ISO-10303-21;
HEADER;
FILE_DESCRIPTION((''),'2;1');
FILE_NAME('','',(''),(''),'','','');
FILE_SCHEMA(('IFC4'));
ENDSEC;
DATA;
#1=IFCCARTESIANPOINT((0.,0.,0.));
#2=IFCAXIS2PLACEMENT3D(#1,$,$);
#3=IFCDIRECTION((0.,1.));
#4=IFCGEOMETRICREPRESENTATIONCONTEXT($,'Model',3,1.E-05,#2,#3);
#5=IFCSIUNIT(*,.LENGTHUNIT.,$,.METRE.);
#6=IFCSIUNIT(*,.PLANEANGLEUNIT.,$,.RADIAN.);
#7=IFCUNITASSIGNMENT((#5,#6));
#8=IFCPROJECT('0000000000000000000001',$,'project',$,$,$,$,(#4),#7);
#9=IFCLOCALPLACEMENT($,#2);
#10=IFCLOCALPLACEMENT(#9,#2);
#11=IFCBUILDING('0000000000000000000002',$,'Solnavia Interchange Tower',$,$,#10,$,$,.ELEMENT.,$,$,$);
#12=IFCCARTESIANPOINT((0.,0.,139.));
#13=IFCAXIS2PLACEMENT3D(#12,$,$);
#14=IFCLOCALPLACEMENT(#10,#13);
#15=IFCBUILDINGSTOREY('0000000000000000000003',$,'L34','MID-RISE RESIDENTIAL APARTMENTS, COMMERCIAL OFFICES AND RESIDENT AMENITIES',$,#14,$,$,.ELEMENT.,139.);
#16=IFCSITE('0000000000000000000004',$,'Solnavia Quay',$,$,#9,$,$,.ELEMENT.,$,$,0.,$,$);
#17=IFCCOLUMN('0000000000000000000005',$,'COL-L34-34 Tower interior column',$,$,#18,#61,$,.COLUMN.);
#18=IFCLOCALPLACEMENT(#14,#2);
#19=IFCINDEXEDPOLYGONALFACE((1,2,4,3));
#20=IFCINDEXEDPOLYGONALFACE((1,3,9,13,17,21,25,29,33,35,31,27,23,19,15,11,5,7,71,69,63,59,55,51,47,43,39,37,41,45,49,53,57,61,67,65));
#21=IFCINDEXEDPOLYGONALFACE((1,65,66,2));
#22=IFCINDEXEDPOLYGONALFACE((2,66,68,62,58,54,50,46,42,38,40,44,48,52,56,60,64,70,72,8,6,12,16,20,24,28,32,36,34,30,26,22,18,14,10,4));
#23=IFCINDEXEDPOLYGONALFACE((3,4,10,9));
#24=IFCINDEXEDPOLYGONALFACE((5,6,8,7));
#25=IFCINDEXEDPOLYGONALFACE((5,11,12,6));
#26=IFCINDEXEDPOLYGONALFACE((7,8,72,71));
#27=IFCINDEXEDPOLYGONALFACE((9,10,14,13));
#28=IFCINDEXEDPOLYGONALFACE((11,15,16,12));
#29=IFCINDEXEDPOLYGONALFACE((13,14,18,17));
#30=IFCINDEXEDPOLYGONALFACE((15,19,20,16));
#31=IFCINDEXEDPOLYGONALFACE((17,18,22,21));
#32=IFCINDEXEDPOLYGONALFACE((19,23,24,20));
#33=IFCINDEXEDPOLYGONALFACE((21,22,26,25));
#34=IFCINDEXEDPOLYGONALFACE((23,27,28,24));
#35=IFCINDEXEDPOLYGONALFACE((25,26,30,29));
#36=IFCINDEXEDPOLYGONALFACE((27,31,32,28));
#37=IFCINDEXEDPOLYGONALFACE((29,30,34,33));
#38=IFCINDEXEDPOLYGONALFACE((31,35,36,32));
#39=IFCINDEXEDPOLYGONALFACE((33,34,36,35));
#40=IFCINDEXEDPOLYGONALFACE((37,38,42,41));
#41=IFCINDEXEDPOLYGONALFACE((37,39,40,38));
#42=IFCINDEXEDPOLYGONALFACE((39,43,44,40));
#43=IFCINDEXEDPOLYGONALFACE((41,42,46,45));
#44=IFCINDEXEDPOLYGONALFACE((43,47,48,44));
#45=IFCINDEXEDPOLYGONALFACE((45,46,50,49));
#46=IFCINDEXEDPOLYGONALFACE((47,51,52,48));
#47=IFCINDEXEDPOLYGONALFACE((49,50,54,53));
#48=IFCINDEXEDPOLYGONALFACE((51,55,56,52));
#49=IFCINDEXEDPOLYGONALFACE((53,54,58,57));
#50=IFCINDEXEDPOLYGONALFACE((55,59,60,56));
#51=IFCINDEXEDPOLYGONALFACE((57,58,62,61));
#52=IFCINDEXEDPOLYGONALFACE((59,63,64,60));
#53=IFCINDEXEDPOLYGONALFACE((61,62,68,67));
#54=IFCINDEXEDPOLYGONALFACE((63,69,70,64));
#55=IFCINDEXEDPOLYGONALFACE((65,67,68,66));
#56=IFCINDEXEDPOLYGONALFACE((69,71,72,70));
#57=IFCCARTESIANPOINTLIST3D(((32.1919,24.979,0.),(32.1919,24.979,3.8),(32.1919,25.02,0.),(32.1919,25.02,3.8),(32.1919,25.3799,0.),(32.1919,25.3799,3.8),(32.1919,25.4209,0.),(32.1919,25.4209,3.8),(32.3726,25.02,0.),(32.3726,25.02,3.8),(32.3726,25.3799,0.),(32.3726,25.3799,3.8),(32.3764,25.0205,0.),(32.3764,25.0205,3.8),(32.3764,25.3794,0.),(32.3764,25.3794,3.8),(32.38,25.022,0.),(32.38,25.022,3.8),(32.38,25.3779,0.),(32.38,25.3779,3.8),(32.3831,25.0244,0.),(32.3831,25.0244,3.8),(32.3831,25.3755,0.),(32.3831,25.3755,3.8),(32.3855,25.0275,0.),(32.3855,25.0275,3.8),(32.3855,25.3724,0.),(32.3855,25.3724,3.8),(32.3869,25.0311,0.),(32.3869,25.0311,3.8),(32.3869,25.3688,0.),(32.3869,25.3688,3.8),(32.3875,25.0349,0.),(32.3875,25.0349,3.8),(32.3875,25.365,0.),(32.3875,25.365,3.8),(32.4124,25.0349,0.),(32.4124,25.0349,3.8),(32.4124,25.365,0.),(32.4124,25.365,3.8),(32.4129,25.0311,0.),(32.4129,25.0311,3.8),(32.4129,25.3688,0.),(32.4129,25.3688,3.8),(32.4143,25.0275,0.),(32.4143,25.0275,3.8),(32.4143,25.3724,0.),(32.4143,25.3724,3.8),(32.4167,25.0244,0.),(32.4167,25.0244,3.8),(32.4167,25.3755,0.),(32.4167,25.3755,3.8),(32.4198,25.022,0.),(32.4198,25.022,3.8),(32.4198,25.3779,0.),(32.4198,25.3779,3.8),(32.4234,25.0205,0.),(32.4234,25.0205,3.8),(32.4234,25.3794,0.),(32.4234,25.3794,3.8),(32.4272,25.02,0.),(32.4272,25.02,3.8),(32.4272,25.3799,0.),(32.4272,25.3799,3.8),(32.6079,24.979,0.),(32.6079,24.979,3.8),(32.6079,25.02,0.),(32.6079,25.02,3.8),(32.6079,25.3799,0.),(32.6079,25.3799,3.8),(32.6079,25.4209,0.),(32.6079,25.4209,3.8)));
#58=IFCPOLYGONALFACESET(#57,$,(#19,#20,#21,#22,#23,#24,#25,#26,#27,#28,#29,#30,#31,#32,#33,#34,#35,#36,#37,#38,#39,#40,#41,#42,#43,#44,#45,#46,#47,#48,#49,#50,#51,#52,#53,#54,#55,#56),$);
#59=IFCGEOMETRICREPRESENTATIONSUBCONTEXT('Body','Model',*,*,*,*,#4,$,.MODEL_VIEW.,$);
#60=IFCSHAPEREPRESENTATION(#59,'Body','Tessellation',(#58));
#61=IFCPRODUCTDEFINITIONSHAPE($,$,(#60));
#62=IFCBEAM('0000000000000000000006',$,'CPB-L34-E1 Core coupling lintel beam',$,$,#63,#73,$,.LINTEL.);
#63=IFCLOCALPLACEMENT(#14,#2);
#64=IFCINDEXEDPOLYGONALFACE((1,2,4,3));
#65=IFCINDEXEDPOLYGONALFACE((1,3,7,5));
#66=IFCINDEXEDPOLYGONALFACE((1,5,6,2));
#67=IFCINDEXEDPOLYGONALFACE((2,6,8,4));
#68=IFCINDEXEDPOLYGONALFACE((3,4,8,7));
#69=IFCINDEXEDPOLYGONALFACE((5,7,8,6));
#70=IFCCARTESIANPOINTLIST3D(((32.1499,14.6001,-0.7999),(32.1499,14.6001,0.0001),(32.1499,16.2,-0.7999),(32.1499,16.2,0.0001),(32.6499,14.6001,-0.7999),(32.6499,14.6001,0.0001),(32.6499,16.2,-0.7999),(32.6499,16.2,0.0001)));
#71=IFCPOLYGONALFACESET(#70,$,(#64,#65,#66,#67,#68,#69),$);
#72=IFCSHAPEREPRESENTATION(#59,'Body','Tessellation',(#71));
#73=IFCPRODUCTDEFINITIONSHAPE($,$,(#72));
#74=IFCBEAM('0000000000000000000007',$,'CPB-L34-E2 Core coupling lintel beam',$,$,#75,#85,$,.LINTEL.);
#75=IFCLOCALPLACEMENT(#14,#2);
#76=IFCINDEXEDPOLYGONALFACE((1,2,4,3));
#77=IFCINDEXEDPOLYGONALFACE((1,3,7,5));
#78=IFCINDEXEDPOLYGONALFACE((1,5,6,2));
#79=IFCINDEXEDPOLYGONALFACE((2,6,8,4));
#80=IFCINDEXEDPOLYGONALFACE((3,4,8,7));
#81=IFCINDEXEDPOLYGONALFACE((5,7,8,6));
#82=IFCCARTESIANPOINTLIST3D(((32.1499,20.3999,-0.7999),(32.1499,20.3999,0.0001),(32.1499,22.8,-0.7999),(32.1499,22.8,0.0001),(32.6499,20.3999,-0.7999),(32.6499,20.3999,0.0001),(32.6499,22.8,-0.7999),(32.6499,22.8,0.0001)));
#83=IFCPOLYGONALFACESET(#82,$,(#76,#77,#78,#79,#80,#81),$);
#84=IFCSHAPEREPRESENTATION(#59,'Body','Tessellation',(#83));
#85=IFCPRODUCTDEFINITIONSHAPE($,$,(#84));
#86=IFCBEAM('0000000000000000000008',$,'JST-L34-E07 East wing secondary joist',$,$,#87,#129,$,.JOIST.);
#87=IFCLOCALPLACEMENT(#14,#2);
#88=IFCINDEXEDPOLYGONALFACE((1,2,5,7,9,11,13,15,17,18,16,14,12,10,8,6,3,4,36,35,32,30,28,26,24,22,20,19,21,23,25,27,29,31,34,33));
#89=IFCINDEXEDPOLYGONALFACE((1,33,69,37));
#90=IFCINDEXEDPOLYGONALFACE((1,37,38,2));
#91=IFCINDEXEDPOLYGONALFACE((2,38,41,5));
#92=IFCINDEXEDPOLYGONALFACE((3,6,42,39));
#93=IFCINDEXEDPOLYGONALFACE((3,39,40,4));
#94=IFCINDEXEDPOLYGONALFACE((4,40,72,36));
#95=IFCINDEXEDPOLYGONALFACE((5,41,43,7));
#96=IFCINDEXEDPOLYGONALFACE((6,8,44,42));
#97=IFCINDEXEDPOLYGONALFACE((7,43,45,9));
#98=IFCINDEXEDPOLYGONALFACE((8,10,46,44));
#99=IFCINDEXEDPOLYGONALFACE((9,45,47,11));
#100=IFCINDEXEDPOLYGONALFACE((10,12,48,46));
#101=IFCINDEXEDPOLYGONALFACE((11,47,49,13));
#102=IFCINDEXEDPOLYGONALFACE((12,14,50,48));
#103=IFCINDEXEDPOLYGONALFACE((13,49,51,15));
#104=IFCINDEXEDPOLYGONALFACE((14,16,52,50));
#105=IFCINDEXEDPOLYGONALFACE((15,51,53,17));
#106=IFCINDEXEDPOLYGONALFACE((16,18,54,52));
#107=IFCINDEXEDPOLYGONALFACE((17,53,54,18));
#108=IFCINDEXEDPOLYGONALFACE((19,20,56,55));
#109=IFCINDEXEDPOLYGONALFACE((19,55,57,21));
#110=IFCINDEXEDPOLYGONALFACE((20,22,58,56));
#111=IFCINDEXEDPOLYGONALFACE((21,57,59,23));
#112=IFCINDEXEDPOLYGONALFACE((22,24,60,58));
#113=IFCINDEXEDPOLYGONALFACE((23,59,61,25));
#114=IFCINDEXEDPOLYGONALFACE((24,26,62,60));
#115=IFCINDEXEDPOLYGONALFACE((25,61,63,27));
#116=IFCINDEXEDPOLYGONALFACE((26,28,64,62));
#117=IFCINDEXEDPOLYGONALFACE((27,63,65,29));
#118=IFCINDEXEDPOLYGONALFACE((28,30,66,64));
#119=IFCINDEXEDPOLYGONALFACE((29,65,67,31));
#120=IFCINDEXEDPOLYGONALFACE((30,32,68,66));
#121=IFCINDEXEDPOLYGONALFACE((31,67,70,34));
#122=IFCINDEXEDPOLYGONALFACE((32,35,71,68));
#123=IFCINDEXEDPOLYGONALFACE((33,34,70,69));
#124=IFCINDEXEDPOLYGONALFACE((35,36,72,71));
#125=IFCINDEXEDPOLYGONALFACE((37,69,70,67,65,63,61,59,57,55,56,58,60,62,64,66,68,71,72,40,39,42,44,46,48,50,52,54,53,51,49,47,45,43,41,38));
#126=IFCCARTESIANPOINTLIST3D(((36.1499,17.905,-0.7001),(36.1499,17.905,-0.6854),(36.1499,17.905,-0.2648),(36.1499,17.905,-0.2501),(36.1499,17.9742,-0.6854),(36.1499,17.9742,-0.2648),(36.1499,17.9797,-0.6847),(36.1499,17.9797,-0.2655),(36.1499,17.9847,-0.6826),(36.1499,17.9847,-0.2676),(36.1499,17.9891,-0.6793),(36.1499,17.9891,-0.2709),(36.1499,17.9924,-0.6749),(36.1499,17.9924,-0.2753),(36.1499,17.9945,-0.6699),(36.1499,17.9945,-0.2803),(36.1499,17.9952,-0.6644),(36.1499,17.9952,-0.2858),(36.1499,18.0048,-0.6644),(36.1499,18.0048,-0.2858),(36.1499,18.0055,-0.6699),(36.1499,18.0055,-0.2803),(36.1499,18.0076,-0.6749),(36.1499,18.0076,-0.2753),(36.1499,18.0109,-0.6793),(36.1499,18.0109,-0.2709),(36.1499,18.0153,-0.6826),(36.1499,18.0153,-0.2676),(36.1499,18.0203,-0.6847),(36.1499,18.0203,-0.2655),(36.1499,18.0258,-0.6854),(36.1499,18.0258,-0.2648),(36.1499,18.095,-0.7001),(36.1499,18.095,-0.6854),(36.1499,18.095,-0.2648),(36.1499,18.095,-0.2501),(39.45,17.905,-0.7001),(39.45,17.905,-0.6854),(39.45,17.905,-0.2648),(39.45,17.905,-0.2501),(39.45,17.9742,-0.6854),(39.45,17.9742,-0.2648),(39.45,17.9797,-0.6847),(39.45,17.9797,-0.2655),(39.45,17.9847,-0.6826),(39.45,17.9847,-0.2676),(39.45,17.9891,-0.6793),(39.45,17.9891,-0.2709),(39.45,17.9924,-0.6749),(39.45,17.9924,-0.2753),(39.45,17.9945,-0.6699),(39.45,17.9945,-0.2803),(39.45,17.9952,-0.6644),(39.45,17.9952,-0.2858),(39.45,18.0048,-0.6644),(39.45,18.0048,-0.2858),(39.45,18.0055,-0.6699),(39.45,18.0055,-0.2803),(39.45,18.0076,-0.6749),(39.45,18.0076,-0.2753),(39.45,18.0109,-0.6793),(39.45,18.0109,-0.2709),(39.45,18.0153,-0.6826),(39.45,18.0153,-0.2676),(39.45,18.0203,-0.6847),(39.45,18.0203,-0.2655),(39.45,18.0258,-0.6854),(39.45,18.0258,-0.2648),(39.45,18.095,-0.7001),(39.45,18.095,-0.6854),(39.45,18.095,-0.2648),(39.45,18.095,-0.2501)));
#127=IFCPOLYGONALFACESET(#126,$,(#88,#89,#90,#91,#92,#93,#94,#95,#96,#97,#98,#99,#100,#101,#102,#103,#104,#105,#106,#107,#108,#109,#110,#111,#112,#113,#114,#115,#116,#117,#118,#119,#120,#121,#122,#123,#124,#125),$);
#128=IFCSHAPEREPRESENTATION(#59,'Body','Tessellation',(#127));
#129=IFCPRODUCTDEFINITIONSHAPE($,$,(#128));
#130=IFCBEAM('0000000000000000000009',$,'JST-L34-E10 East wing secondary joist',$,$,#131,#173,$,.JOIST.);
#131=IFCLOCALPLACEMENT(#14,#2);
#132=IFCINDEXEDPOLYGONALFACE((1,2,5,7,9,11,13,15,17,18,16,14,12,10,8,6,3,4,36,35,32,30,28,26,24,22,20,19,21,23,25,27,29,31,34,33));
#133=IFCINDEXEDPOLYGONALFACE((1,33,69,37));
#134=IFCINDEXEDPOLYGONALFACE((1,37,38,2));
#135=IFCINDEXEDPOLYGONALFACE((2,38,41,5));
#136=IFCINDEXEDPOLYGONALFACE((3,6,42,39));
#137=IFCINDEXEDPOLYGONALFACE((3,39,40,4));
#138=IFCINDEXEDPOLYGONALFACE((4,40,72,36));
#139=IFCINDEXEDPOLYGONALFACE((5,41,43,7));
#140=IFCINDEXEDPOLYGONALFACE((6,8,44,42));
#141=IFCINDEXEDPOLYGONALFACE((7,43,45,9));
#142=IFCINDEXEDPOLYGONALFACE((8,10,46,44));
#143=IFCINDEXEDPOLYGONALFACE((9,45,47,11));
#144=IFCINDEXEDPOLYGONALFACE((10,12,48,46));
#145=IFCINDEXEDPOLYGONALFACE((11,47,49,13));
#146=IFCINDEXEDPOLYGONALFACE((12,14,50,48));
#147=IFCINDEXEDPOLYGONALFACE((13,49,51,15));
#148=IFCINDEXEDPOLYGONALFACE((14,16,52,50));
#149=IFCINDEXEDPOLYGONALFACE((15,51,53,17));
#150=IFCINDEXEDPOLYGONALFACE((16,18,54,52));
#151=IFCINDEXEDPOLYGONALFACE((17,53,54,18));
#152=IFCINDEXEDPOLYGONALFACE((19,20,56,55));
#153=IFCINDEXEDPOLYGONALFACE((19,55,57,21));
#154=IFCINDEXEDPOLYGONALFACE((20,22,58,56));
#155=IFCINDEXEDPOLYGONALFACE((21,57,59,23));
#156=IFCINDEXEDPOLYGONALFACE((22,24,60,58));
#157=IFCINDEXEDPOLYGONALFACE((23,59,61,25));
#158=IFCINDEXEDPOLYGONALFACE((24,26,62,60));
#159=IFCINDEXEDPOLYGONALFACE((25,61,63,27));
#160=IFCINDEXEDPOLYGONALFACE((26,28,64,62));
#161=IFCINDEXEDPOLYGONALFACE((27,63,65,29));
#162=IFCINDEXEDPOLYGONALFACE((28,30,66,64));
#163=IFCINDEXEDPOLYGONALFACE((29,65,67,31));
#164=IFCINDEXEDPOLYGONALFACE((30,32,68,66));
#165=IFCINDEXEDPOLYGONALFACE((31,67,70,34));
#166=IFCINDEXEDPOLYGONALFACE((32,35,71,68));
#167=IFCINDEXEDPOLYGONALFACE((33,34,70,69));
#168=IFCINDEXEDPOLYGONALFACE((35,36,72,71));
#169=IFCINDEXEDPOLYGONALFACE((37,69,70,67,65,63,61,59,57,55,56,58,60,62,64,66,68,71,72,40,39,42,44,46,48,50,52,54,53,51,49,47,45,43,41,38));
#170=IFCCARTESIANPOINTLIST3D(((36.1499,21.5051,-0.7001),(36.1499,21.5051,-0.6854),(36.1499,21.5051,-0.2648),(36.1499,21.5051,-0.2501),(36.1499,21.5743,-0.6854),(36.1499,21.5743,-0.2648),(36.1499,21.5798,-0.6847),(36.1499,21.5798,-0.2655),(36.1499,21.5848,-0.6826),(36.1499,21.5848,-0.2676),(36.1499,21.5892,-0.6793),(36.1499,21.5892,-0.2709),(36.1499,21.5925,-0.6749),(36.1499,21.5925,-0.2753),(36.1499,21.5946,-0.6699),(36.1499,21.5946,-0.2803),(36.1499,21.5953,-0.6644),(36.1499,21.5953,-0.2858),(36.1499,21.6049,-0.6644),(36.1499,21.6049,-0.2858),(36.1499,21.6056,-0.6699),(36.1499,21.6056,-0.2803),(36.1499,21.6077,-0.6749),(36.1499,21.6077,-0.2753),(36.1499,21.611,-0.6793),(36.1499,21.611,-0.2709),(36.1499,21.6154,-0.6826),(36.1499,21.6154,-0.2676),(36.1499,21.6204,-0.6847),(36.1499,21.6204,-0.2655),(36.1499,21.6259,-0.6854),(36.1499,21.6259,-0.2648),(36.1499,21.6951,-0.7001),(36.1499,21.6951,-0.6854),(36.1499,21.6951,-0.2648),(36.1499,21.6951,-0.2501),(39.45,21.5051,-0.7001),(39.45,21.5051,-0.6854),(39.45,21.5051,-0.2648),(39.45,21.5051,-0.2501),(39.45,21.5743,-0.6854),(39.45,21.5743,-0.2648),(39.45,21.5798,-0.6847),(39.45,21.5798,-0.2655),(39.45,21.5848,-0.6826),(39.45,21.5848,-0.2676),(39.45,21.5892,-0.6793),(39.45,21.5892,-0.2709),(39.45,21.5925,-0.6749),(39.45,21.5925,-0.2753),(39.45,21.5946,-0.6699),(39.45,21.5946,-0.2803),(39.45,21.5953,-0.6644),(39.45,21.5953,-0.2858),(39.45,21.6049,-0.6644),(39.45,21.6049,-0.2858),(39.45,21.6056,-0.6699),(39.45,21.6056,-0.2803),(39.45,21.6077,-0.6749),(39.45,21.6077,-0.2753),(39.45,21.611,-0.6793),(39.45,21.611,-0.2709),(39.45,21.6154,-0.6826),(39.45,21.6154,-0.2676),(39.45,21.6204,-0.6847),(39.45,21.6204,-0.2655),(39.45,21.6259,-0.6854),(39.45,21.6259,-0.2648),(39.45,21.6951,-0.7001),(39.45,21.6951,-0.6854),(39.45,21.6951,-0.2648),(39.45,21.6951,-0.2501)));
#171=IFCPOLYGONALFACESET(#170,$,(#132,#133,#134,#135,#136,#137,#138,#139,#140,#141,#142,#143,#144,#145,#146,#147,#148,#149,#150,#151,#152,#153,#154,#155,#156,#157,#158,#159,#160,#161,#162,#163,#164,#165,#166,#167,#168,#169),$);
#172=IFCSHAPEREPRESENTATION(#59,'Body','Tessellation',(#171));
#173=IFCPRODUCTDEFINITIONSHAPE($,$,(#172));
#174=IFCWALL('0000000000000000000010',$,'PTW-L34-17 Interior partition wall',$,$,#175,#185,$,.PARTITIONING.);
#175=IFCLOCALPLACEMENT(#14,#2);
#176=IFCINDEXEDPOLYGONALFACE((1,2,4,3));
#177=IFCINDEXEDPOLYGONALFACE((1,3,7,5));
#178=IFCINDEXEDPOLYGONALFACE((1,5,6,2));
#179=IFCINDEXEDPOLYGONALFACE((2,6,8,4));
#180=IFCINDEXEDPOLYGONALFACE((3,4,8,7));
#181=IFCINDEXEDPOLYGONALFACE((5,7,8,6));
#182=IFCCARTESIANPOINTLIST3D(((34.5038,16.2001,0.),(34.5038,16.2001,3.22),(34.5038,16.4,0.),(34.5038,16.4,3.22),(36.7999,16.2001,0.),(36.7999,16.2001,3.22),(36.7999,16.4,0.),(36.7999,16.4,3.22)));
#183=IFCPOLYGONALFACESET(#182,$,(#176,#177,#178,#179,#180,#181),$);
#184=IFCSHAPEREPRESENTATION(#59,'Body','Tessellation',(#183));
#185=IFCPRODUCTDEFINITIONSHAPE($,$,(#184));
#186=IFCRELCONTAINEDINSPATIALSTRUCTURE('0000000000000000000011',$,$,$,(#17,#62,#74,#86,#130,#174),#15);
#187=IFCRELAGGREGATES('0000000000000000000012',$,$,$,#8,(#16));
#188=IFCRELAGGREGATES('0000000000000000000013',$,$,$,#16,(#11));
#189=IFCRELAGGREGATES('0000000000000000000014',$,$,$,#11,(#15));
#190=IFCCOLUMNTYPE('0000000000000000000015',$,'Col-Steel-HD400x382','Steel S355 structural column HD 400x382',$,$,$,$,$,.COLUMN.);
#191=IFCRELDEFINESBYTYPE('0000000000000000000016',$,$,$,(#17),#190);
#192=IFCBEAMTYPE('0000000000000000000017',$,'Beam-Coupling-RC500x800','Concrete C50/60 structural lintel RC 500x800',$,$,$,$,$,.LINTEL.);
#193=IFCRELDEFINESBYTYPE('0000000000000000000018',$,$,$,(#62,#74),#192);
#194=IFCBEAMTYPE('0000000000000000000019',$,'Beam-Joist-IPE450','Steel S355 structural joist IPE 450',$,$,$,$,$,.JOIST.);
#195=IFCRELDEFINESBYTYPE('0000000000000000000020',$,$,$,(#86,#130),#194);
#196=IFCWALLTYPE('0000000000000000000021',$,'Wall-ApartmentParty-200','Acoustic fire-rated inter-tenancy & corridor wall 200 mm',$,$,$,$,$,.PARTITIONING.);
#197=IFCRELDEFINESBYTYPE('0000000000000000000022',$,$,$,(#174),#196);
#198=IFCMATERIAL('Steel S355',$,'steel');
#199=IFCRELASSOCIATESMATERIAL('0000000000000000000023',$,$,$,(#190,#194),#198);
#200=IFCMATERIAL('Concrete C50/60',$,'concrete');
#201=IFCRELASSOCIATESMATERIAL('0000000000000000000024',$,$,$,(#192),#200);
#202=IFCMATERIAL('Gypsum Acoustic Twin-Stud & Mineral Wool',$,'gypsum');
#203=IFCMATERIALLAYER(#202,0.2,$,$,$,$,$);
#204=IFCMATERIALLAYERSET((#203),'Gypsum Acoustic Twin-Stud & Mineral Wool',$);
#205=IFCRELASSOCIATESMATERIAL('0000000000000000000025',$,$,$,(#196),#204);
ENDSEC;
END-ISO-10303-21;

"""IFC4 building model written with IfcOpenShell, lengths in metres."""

from ifc_helpers import new_model, si_unit, direction, frame, frame_2d, origin, origin_2d, place, context, subcontext, project, spatial, rectangle, i_section, extrude, material, layer, layer_set, material_profile, profile_set, type_object, element, save


model = new_model("IFC4")

# Units and contexts
model_context = context("Model", 3, precision=1e-05, world=origin(), true_north=direction((0.0, 1.0)))
body_context = subcontext(model_context, "Body", "Model", "MODEL_VIEW")
ifc_project = project(units=[si_unit("LENGTHUNIT", "METRE"), si_unit("PLANEANGLEUNIT", "RADIAN")], contexts=[model_context])

# Site, building, storey
site_placement = place(None, origin())
site = spatial("IfcSite", under=ifc_project, at=site_placement, Name="Solnavia Quay", CompositionType="ELEMENT", RefElevation=0.0)
building_placement = place(site_placement, origin())
building = spatial("IfcBuilding", under=site, at=building_placement, Name="Solnavia Interchange Tower", CompositionType="ELEMENT")
storey_placement = place(building_placement, frame((0.0, 0.0, 139.0)))
storey = spatial("IfcBuildingStorey", under=building, at=storey_placement, Name="L34", Description="MID-RISE RESIDENTIAL APARTMENTS, COMMERCIAL OFFICES AND RESIDENT AMENITIES", CompositionType="ELEMENT", Elevation=139.0)

# Column
ifc_material_1 = material(Name="Steel S355", Category="steel")
ifc_material_profile_1 = material_profile(ifc_material_1, i_section(OverallWidth=0.416, OverallDepth=0.4419, WebThickness=0.0249, FlangeThickness=0.041, FilletRadius=0.0149, at=origin_2d()), Name="HD 400x382")
ifc_profile_set_1 = profile_set([ifc_material_profile_1], Name="Steel S355")
column_type = type_object("IfcColumnType", Name="Col-Steel-HD400x382", Description="Steel S355 structural column HD 400x382", PredefinedType="COLUMN", material=ifc_profile_set_1)
column_placement = place(storey_placement, frame((32.3999, 25.2, 0.0), z_axis=(0.0, 0.0, 1.0), x_axis=(1.0, 0.0, 0.0)))
element("IfcColumn", 1, at=column_placement, inside=storey, type_object=column_type, Name="COL-L34-34 Tower interior column", PredefinedType="COLUMN", context=body_context, shape_type="SweptSolid", body=[
    extrude(i_section(OverallWidth=0.416, OverallDepth=0.4419, WebThickness=0.0249, FlangeThickness=0.041, FilletRadius=0.0149, at=origin_2d()), origin(), (0.0, 0.0, 1.0), 3.8),
])

# Beams
ifc_material_2 = material(Name="Concrete C50/60", Category="concrete")
ifc_material_profile_2 = material_profile(ifc_material_2, rectangle(XDim=0.5, YDim=0.8, at=origin_2d()), Name="RC 500x800")
ifc_profile_set_2 = profile_set([ifc_material_profile_2], Name="Concrete C50/60")
beam_type_1 = type_object("IfcBeamType", Name="Beam-Coupling-RC500x800", Description="Concrete C50/60 structural lintel RC 500x800", PredefinedType="LINTEL", material=ifc_profile_set_2)
beam_1_placement = place(storey_placement, frame((32.3999, 14.6001, -0.3999), z_axis=(0.0, 1.0, 0.0), x_axis=(-1.0, 0.0, 0.0)))
element("IfcBeam", 2, at=beam_1_placement, inside=storey, type_object=beam_type_1, Name="CPB-L34-E1 Core coupling lintel beam", PredefinedType="LINTEL", context=body_context, shape_type="SweptSolid", body=[
    extrude(rectangle(XDim=0.5, YDim=0.8, at=origin_2d()), origin(), (0.0, 0.0, 1.0), 1.5999),
])
beam_2_placement = place(storey_placement, frame((32.3999, 20.3999, -0.3999), z_axis=(0.0, 1.0, 0.0), x_axis=(-1.0, 0.0, 0.0)))
element("IfcBeam", 3, at=beam_2_placement, inside=storey, type_object=beam_type_1, Name="CPB-L34-E2 Core coupling lintel beam", PredefinedType="LINTEL", context=body_context, shape_type="SweptSolid", body=[
    extrude(rectangle(XDim=0.5, YDim=0.8, at=origin_2d()), origin(), (0.0, 0.0, 1.0), 2.4001),
])
ifc_material_profile_3 = material_profile(ifc_material_1, i_section(OverallWidth=0.1899, OverallDepth=0.45, WebThickness=0.0095, FlangeThickness=0.0146, FilletRadius=0.021, at=origin_2d()), Name="IPE 450")
ifc_profile_set_3 = profile_set([ifc_material_profile_3], Name="Steel S355")
beam_type_2 = type_object("IfcBeamType", Name="Beam-Joist-IPE450", Description="Steel S355 structural joist IPE 450", PredefinedType="JOIST", material=ifc_profile_set_3)
for number, where, z_axis, x_axis, name in (
    (4, (36.1499, 18.0, -0.4751), (1.0, 0.0, 0.0), (0.0, 1.0, 0.0), "JST-L34-E07 East wing secondary joist"),
    (5, (36.1499, 21.6001, -0.4751), (1.0, 0.0, 0.0), (0.0, 1.0, 0.0), "JST-L34-E10 East wing secondary joist"),
):
    element("IfcBeam", number, at=place(storey_placement, frame(where, z_axis=z_axis, x_axis=x_axis)), inside=storey, type_object=beam_type_2, Name=name, PredefinedType="JOIST", context=body_context, shape_type="SweptSolid", body=[
        extrude(i_section(OverallWidth=0.1899, OverallDepth=0.45, WebThickness=0.0095, FlangeThickness=0.0146, FilletRadius=0.021, at=origin_2d()), origin(), (0.0, 0.0, 1.0), 3.3),
    ])

# Wall
ifc_material_3 = material(Name="Gypsum Acoustic Twin-Stud & Mineral Wool", Category="gypsum")
ifc_layer_1 = layer(ifc_material_3, 0.2)
ifc_layer_set_1 = layer_set([ifc_layer_1], Name="Gypsum Acoustic Twin-Stud & Mineral Wool")
wall_type_1 = type_object("IfcWallType", Name="Wall-ApartmentParty-200", Description="Acoustic fire-rated inter-tenancy & corridor wall 200 mm", PredefinedType="PARTITIONING", material=ifc_layer_set_1)
wall_1_placement = place(storey_placement, frame((34.5039, 16.3, 0.0), z_axis=(0.0, 0.0, 1.0), x_axis=(1.0, 0.0, 0.0)))
element("IfcWall", 6, at=wall_1_placement, inside=storey, type_object=wall_type_1, Name="PTW-L34-17 Interior partition wall", PredefinedType="PARTITIONING", context=body_context, shape_type="SweptSolid", body=[
    extrude(rectangle(XDim=2.2961, YDim=0.2, at=frame_2d((1.1479, 0.0))), origin(), (0.0, 0.0, 1.0), 3.22),
])

save(model, "model.ifc")
